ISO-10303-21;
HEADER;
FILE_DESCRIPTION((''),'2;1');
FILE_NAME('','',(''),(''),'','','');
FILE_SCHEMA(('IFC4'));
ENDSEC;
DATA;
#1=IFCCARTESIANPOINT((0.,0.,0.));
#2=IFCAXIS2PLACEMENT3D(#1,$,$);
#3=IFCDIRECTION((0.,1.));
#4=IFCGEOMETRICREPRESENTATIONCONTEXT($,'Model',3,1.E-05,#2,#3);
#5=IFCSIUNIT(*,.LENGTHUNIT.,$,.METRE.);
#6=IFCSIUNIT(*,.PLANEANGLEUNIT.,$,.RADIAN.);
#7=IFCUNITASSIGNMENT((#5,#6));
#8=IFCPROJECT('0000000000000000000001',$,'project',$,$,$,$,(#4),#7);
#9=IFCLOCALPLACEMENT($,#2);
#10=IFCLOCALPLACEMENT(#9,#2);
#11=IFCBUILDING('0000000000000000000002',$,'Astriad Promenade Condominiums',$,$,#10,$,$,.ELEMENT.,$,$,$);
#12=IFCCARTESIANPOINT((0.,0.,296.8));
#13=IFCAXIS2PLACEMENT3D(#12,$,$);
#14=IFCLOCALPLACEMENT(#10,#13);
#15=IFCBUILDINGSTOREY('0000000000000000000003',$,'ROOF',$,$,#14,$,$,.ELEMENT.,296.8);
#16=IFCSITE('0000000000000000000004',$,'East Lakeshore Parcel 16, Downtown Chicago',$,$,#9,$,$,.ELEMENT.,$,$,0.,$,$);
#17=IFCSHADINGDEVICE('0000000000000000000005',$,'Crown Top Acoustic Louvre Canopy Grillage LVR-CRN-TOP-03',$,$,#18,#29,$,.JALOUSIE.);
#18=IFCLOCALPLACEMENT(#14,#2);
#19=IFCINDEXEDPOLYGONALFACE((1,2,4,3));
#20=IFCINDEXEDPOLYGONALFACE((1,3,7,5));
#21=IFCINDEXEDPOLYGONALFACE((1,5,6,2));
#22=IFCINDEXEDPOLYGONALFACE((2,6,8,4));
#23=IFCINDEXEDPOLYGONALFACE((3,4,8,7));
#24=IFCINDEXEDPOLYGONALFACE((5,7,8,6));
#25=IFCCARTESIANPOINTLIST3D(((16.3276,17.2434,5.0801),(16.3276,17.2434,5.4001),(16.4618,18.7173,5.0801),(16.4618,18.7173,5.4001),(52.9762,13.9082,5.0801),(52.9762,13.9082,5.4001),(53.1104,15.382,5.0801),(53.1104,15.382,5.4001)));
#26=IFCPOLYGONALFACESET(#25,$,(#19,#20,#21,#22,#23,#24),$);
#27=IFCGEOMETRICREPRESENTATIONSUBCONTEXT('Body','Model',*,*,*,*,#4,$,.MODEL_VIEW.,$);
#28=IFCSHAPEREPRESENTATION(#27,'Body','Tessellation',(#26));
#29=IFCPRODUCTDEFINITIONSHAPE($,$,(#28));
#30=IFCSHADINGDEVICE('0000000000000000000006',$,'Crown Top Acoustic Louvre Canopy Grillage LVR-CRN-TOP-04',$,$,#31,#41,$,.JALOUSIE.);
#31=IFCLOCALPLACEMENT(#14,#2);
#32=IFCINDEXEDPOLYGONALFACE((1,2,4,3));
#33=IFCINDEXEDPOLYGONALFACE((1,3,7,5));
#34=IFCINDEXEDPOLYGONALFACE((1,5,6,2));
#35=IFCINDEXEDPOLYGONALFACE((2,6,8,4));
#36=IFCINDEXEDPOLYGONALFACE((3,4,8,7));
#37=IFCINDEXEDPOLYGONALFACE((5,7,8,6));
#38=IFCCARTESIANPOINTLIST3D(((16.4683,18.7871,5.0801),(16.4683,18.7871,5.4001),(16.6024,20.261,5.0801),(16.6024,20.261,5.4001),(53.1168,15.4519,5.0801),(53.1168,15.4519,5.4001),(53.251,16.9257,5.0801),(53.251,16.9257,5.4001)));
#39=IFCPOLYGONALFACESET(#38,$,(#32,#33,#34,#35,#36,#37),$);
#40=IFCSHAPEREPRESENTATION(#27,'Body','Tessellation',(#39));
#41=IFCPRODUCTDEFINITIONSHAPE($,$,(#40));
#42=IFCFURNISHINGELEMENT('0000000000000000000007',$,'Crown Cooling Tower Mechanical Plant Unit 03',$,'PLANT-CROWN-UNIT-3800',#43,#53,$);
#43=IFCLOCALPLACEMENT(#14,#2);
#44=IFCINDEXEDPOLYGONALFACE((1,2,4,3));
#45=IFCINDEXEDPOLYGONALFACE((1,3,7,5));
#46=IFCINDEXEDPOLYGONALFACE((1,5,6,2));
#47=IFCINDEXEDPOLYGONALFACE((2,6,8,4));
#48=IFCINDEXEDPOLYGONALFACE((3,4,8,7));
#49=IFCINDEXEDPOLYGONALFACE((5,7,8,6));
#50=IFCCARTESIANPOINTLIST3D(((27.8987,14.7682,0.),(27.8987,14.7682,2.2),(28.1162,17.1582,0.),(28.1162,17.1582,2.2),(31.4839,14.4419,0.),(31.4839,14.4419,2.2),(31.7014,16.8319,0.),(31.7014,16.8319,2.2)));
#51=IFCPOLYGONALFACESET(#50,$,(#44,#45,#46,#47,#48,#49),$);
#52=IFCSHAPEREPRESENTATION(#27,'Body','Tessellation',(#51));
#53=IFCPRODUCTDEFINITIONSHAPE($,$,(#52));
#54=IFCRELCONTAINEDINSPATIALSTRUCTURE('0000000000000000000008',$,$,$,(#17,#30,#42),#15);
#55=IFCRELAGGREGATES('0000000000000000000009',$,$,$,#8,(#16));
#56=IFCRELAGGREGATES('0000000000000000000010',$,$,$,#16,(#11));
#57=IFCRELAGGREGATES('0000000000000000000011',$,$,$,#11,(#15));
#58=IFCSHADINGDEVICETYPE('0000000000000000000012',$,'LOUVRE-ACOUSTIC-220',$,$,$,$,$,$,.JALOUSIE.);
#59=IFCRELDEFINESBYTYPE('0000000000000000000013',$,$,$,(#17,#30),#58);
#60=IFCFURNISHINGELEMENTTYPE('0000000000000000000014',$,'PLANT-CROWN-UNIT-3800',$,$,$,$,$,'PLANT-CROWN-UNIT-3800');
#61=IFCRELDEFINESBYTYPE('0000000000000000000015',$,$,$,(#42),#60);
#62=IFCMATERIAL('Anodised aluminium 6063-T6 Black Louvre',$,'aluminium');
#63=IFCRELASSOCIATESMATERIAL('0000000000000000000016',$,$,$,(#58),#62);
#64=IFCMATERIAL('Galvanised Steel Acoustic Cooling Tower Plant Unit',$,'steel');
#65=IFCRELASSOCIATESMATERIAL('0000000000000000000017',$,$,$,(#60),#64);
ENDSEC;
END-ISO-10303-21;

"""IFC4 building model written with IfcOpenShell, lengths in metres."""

from ifc_helpers import new_model, si_unit, direction, frame, origin, origin_2d, place, context, subcontext, project, spatial, rectangle, extrude, source, transform, mapped, material, type_object, type_shapes, element, save


model = new_model("IFC4")

# Units and contexts
model_context = context("Model", 3, precision=1e-05, world=origin(), true_north=direction((0.0, 1.0)))
body_context = subcontext(model_context, "Body", "Model", "MODEL_VIEW")
ifc_project = project(units=[si_unit("LENGTHUNIT", "METRE"), si_unit("PLANEANGLEUNIT", "RADIAN")], contexts=[model_context])

# Site, building, storey
site_placement = place(None, origin())
site = spatial("IfcSite", under=ifc_project, at=site_placement, Name="East Lakeshore Parcel 16, Downtown Chicago", CompositionType="ELEMENT", RefElevation=0.0)
building_placement = place(site_placement, origin())
building = spatial("IfcBuilding", under=site, at=building_placement, Name="Astriad Promenade Condominiums", CompositionType="ELEMENT")
storey_placement = place(building_placement, frame((0.0, 0.0, 296.8)))
storey = spatial("IfcBuildingStorey", under=building, at=storey_placement, Name="ROOF", CompositionType="ELEMENT", Elevation=296.8)

# Shading devices
ifc_material_1 = material(Name="Anodised aluminium 6063-T6 Black Louvre", Category="aluminium")
shading_device_type = type_object("IfcShadingDeviceType", Name="LOUVRE-ACOUSTIC-220", PredefinedType="JALOUSIE", material=ifc_material_1)
shared_shape_1 = source(origin(), body_context, "Body", "SweptSolid", [
    extrude(rectangle(XDim=36.8, YDim=1.48, at=origin_2d()), origin(), (0.0, 0.0, 1.0), 0.3201),
])
for number, where, z_axis, x_axis, name in (
    (1, (34.719, 16.3127, 5.0801), (0.0, 0.0, 1.0), (0.995884, -0.090633, 0.0), "Crown Top Acoustic Louvre Canopy Grillage LVR-CRN-TOP-03"),
    (2, (34.8596, 17.8564, 5.0801), (0.0, 0.0, 1.0), (0.995884, -0.090633, 0.0), "Crown Top Acoustic Louvre Canopy Grillage LVR-CRN-TOP-04"),
):
    element("IfcShadingDevice", number, at=place(storey_placement, frame(where, z_axis=z_axis, x_axis=x_axis)), inside=storey, type_object=shading_device_type, Name=name, PredefinedType="JALOUSIE", context=body_context, shape_type="MappedRepresentation", body=[
        mapped(shared_shape_1, transform((0.0, 0.0, 0.0), scale=1.0)),
    ])

# Furnishing element
ifc_material_2 = material(Name="Galvanised Steel Acoustic Cooling Tower Plant Unit", Category="steel")
furnishing_element_type = type_object("IfcFurnishingElementType", Name="PLANT-CROWN-UNIT-3800", ElementType="PLANT-CROWN-UNIT-3800", material=ifc_material_2)
shared_shape_2 = source(origin(), body_context, "Body", "SweptSolid", [
    extrude(rectangle(XDim=3.6001, YDim=2.3999, at=origin_2d()), origin(), (0.0, 0.0, 1.0), 2.2),
])
type_shapes(furnishing_element_type, [shared_shape_2])
furnishing_placement = place(storey_placement, frame((29.8, 15.8, 0.0), z_axis=(0.0, 0.0, 1.0), x_axis=(0.995884, -0.090633, 0.0)))
element("IfcFurnishingElement", 3, at=furnishing_placement, inside=storey, type_object=furnishing_element_type, Name="Crown Cooling Tower Mechanical Plant Unit 03", ObjectType="PLANT-CROWN-UNIT-3800", context=body_context, shape_type="MappedRepresentation", body=[
    mapped(shared_shape_2, transform((0.0, 0.0, 0.0), scale=1.0)),
])

save(model, "model.ifc")
